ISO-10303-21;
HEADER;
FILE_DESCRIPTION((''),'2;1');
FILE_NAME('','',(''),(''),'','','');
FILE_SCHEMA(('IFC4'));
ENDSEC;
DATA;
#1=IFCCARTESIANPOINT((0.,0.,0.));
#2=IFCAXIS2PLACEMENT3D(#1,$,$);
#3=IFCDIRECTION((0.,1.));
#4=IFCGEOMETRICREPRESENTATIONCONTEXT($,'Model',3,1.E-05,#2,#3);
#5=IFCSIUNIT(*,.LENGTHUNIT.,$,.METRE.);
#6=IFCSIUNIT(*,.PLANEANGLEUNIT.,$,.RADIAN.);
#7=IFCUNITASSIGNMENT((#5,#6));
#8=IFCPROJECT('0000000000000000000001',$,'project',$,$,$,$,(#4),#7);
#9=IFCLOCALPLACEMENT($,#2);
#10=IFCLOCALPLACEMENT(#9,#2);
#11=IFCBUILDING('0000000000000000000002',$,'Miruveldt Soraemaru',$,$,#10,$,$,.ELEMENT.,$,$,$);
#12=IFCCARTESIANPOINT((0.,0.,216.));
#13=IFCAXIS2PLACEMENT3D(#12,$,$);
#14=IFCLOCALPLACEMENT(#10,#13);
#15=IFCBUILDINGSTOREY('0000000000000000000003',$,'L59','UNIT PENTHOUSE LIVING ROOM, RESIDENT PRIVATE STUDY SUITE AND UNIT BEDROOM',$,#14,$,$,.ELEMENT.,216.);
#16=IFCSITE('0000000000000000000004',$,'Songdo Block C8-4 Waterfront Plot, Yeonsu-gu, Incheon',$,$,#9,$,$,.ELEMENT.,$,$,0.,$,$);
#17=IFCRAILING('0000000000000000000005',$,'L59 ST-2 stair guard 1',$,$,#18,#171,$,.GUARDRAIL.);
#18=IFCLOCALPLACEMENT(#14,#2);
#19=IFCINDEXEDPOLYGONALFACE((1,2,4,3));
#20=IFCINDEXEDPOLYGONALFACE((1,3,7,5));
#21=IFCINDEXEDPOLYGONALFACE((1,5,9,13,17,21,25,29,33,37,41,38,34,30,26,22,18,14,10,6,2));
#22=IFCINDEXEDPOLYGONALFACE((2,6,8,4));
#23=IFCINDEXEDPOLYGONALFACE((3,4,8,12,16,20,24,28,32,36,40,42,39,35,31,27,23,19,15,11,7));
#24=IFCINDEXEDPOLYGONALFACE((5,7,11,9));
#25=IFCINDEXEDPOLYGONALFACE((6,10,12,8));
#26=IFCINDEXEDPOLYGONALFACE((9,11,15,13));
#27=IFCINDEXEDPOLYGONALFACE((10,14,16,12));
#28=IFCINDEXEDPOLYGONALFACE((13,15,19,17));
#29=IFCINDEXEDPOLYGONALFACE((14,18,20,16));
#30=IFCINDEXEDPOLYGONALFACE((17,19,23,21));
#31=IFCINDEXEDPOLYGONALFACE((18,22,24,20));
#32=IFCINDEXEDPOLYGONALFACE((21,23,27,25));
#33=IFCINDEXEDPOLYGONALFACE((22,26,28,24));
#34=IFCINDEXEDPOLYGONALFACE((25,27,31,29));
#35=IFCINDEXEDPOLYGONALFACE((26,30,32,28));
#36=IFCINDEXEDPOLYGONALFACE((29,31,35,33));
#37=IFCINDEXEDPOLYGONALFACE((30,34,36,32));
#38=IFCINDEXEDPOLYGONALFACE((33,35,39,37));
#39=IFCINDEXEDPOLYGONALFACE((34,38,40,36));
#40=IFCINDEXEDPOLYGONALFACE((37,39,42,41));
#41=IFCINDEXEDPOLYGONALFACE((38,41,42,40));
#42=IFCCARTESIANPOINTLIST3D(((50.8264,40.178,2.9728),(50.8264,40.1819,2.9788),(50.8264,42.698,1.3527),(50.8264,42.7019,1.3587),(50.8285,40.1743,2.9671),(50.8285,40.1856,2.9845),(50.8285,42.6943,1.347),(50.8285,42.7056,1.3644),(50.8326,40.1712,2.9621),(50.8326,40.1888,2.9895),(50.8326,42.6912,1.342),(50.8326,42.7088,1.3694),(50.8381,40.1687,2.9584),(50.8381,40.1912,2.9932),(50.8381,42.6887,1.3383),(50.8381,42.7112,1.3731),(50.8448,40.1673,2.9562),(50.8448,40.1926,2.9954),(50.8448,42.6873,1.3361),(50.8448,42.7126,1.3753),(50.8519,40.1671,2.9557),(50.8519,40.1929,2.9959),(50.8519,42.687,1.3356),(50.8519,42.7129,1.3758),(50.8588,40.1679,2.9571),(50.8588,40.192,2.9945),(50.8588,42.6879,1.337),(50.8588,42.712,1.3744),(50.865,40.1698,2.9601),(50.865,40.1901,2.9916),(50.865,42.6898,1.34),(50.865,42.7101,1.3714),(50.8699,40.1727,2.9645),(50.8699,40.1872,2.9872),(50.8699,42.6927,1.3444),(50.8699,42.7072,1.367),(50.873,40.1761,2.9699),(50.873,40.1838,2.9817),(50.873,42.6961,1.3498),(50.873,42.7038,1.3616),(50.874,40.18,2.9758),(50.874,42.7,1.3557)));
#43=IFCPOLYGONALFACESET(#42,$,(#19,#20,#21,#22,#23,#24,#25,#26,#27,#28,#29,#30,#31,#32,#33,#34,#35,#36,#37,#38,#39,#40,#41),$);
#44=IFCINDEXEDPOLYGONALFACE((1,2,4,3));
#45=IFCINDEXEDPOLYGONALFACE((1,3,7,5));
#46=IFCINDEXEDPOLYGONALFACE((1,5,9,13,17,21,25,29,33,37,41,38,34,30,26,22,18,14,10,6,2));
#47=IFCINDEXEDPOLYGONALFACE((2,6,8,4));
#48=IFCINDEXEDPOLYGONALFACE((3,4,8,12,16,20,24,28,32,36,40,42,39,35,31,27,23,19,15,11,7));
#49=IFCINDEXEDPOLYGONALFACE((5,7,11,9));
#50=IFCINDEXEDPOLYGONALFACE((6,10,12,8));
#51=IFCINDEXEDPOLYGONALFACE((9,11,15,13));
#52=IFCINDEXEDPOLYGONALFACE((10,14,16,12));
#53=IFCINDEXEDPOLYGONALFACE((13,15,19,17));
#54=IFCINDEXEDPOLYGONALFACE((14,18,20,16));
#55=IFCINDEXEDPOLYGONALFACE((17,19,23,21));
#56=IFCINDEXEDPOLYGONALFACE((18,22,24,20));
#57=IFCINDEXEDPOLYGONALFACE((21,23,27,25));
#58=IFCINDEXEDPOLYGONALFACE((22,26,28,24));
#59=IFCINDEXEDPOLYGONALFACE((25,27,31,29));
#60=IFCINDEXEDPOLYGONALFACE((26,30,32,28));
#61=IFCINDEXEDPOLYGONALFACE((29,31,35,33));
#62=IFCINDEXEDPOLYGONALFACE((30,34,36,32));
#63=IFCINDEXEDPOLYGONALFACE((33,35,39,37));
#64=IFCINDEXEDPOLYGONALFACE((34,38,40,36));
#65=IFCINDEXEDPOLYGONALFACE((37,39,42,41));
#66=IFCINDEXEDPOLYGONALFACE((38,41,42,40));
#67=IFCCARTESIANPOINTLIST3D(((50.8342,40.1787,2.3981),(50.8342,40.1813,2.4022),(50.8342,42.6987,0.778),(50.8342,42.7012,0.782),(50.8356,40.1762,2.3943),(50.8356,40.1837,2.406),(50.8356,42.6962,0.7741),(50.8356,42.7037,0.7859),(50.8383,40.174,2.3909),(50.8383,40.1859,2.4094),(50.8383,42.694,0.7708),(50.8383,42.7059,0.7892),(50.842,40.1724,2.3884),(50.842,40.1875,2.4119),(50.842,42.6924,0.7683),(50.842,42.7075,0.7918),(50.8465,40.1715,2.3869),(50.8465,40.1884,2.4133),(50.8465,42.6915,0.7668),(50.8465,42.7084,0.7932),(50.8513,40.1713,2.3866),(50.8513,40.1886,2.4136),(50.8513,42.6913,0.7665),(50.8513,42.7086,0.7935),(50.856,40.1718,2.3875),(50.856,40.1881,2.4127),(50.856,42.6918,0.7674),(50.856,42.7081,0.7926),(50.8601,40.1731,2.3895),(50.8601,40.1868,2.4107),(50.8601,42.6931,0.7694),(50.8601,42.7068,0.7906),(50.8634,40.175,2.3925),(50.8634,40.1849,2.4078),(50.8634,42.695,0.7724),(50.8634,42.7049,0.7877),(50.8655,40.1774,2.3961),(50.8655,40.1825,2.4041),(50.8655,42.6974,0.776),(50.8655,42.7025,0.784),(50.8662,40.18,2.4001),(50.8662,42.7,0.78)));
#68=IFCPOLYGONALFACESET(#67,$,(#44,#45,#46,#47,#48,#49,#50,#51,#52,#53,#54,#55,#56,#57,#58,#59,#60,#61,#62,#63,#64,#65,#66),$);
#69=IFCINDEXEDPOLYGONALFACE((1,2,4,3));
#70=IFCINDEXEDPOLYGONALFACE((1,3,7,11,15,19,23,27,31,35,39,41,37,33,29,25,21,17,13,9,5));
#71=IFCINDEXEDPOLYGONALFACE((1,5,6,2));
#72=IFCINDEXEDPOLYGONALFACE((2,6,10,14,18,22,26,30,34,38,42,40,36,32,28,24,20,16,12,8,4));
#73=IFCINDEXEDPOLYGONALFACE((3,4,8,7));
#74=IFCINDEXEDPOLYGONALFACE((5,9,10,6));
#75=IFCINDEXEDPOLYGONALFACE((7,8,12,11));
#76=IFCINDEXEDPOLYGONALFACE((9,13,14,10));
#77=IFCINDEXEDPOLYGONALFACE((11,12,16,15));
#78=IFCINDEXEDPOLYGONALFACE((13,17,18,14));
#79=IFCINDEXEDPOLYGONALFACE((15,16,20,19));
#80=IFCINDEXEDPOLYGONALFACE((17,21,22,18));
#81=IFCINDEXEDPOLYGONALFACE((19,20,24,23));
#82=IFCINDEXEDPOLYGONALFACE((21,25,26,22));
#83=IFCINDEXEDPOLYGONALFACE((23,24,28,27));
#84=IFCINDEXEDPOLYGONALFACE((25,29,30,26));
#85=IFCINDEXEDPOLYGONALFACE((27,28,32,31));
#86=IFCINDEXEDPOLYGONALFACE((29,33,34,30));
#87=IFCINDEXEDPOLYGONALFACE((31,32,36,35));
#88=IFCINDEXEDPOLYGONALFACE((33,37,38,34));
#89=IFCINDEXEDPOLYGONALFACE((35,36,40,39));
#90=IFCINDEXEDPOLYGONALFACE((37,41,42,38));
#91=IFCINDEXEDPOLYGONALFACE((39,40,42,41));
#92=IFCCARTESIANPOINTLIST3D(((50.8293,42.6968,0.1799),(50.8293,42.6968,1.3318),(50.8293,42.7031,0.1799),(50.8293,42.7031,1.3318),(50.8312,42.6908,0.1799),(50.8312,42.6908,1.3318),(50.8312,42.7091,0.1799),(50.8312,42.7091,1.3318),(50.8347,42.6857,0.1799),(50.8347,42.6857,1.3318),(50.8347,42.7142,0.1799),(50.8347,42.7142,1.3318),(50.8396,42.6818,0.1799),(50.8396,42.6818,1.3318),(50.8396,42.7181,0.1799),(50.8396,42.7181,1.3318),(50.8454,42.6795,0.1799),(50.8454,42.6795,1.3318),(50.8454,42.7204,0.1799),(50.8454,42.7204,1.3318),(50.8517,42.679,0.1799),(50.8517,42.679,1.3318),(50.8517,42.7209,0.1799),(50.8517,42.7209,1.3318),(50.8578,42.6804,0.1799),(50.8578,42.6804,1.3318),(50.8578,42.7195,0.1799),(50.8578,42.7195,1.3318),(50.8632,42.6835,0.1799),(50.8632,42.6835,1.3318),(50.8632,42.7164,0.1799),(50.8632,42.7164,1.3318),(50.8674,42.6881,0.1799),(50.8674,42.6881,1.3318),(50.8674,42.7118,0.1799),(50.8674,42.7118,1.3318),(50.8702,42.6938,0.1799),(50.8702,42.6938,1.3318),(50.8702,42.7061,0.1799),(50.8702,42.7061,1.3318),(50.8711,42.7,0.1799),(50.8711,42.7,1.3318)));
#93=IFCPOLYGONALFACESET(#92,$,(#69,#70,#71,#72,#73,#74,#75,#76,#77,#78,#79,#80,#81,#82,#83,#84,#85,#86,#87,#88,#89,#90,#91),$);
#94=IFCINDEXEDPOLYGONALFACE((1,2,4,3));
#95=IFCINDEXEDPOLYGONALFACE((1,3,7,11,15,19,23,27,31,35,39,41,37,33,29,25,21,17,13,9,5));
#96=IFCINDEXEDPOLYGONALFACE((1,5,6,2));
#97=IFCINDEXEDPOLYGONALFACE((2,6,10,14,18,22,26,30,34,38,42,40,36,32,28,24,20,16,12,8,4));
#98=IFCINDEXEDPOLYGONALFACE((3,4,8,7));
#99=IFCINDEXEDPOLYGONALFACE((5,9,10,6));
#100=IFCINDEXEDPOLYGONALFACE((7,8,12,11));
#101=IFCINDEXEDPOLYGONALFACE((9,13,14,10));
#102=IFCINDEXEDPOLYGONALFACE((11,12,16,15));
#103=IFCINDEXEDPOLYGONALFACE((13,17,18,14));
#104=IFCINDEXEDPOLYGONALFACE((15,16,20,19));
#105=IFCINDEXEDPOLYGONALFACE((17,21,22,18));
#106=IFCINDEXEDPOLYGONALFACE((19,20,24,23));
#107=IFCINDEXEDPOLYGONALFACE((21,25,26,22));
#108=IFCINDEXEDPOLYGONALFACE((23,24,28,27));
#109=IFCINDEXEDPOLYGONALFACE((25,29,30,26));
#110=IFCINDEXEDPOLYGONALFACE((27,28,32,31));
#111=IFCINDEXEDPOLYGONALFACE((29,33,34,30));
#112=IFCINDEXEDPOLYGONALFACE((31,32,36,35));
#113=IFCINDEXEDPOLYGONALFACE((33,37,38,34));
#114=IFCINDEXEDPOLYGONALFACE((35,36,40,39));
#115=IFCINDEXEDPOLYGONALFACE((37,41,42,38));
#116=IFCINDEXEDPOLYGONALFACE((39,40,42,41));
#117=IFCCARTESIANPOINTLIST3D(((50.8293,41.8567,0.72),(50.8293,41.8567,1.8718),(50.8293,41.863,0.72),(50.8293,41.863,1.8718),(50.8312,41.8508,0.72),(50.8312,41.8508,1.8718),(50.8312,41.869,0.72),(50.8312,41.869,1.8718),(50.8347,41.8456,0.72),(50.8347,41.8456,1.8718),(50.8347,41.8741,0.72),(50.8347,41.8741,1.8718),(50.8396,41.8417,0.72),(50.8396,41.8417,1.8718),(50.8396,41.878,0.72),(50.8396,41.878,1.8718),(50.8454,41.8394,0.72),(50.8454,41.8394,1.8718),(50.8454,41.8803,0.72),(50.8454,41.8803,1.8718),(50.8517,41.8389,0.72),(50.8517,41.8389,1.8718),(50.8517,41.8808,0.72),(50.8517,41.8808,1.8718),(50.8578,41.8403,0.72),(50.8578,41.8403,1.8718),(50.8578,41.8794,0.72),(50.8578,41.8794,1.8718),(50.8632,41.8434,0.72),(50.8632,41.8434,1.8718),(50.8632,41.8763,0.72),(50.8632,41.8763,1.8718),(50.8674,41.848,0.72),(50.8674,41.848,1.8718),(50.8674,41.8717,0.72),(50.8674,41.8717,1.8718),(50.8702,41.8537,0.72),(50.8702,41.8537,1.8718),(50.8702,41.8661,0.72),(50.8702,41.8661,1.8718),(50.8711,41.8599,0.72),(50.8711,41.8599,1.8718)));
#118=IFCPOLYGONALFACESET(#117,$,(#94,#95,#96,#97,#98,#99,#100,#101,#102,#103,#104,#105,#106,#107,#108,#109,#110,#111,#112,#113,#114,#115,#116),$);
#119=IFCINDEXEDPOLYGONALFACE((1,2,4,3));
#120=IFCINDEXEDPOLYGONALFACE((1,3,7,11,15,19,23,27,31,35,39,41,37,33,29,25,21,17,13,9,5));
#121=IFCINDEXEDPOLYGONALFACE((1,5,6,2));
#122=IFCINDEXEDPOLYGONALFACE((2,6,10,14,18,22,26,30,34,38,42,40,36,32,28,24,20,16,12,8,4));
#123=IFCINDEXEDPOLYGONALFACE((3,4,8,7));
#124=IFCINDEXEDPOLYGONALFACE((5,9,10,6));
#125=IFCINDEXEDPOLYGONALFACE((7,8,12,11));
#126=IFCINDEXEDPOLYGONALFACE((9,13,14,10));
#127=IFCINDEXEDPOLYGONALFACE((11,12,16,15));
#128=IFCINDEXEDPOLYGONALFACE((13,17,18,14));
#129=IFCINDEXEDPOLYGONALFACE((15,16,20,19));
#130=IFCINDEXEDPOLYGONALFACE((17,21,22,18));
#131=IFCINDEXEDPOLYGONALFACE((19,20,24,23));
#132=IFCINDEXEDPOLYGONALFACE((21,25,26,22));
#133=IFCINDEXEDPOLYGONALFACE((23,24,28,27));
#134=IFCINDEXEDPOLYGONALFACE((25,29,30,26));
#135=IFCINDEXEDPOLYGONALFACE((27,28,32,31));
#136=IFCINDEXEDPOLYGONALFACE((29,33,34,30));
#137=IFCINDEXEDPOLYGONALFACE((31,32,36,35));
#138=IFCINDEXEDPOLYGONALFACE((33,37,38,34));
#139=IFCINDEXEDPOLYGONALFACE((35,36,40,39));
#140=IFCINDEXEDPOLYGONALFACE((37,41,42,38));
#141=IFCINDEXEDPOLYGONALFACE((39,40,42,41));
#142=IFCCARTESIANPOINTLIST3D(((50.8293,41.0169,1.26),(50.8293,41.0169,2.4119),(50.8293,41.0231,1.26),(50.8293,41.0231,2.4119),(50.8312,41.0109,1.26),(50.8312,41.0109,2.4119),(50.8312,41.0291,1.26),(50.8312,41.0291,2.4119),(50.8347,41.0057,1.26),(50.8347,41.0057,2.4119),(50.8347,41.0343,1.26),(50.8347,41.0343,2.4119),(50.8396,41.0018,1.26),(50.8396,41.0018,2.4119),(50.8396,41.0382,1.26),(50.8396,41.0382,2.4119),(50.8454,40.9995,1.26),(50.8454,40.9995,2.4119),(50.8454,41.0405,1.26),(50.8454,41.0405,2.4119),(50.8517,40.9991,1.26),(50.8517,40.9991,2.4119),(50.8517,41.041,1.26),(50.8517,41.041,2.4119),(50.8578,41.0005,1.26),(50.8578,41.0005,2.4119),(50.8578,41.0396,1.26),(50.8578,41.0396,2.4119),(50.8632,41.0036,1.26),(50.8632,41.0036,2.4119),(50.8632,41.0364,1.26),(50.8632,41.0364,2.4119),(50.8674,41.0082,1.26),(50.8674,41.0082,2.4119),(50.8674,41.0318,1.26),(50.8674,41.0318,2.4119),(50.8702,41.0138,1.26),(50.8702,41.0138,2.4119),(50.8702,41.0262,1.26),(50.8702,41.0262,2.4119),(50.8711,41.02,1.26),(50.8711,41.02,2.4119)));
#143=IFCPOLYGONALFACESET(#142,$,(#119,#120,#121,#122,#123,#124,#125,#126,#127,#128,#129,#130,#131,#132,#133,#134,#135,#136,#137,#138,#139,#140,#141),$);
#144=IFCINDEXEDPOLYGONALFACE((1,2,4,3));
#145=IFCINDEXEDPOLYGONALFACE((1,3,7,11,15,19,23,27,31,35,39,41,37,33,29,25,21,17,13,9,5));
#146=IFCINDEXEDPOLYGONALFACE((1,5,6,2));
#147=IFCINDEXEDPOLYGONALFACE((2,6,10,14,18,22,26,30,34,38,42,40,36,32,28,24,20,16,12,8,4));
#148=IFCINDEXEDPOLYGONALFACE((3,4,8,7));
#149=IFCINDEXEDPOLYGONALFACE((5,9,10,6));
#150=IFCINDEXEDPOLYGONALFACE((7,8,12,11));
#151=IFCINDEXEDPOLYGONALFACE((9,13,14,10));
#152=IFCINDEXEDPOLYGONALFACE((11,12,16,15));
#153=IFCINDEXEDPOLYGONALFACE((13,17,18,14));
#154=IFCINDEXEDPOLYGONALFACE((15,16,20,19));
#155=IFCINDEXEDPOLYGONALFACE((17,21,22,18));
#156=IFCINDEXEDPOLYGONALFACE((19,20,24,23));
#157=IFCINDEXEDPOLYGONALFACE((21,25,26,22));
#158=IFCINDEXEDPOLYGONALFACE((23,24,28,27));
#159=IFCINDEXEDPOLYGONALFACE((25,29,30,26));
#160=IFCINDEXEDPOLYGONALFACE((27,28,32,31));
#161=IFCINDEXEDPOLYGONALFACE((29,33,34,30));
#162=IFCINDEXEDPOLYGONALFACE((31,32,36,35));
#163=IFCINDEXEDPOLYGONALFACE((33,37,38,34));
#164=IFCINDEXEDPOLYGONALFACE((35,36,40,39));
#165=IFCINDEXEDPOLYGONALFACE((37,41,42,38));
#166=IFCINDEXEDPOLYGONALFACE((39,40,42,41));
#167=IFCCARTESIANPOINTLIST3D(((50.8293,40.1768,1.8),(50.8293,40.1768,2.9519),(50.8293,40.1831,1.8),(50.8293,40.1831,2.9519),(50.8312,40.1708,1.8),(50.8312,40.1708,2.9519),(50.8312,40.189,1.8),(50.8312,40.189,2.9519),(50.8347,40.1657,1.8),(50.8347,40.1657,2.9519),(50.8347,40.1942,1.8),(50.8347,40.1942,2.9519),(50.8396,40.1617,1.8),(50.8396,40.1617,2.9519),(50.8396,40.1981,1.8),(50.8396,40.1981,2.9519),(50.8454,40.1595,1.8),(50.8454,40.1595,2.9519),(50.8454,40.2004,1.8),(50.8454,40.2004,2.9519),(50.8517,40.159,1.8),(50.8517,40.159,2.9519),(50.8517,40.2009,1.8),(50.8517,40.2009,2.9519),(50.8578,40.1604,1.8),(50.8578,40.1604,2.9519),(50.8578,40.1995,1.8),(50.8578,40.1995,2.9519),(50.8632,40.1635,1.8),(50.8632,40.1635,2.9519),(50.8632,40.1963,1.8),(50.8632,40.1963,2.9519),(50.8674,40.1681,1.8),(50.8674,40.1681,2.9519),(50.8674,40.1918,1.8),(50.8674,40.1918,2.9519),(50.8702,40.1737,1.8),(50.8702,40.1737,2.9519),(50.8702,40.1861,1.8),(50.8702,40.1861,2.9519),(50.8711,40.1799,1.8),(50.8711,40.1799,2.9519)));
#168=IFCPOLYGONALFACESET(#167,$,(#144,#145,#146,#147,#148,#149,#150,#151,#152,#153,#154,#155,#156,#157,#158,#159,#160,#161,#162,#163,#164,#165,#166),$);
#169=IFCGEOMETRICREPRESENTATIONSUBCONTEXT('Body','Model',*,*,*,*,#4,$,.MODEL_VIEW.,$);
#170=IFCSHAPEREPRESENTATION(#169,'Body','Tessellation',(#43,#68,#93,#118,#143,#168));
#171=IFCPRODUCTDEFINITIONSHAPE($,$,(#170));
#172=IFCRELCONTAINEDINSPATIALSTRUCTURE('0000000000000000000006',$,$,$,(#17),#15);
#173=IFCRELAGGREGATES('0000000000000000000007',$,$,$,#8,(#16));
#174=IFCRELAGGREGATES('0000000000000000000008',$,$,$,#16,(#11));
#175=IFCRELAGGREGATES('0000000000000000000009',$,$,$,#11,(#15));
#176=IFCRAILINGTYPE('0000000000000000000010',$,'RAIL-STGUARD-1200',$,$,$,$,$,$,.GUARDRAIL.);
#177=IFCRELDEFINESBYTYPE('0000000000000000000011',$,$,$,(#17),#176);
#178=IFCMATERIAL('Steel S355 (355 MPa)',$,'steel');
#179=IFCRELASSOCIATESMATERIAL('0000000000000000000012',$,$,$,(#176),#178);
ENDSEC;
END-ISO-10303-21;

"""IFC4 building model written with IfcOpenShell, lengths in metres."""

from ifc_helpers import new_model, si_unit, direction, frame, origin, origin_2d, place, context, subcontext, project, spatial, circle, extrude, material, type_object, element, save


model = new_model("IFC4")

# Units and contexts
model_context = context("Model", 3, precision=1e-05, world=origin(), true_north=direction((0.0, 1.0)))
body_context = subcontext(model_context, "Body", "Model", "MODEL_VIEW")
ifc_project = project(units=[si_unit("LENGTHUNIT", "METRE"), si_unit("PLANEANGLEUNIT", "RADIAN")], contexts=[model_context])

# Site, building, storey
site_placement = place(None, origin())
site = spatial("IfcSite", under=ifc_project, at=site_placement, Name="Songdo Block C8-4 Waterfront Plot, Yeonsu-gu, Incheon", CompositionType="ELEMENT", RefElevation=0.0)
building_placement = place(site_placement, origin())
building = spatial("IfcBuilding", under=site, at=building_placement, Name="Miruveldt Soraemaru", CompositionType="ELEMENT")
storey_placement = place(building_placement, frame((0.0, 0.0, 216.0)))
storey = spatial("IfcBuildingStorey", under=building, at=storey_placement, Name="L59", Description="UNIT PENTHOUSE LIVING ROOM, RESIDENT PRIVATE STUDY SUITE AND UNIT BEDROOM", CompositionType="ELEMENT", Elevation=216.0)

# Railing
ifc_material_1 = material(Name="Steel S355 (355 MPa)", Category="steel")
railing_type_1 = type_object("IfcRailingType", Name="RAIL-STGUARD-1200", PredefinedType="GUARDRAIL", material=ifc_material_1)
railing_1_placement = place(storey_placement, frame((50.8501, 42.7, 0.1799)))
element("IfcRailing", 1, at=railing_1_placement, inside=storey, type_object=railing_type_1, Name="L59 ST-2 stair guard 1", PredefinedType="GUARDRAIL", context=body_context, shape_type="SweptSolid", body=[
    extrude(circle(Radius=0.0239, at=origin_2d()), frame((0.0, 0.0, 1.1758), z_axis=(0.0, -0.841163, 0.540782), x_axis=(1.0, 0.0, 0.0)), (0.0, 0.0, 1.0), 2.9958),
    extrude(circle(Radius=0.0161, at=origin_2d()), frame((0.0, 0.0, 0.6001), z_axis=(0.0, -0.841163, 0.540782), x_axis=(1.0, 0.0, 0.0)), (0.0, 0.0, 1.0), 2.9958),
    extrude(circle(Radius=0.021, at=origin_2d()), origin(), (0.0, 0.0, 1.0), 1.1519),
    extrude(circle(Radius=0.021, at=origin_2d()), frame((0.0, -0.8401, 0.54)), (0.0, 0.0, 1.0), 1.1519),
    extrude(circle(Radius=0.021, at=origin_2d()), frame((0.0, -1.6799, 1.0801)), (0.0, 0.0, 1.0), 1.1519),
    extrude(circle(Radius=0.021, at=origin_2d()), frame((0.0, -2.52, 1.6201)), (0.0, 0.0, 1.0), 1.1519),
])

save(model, "model.ifc")
